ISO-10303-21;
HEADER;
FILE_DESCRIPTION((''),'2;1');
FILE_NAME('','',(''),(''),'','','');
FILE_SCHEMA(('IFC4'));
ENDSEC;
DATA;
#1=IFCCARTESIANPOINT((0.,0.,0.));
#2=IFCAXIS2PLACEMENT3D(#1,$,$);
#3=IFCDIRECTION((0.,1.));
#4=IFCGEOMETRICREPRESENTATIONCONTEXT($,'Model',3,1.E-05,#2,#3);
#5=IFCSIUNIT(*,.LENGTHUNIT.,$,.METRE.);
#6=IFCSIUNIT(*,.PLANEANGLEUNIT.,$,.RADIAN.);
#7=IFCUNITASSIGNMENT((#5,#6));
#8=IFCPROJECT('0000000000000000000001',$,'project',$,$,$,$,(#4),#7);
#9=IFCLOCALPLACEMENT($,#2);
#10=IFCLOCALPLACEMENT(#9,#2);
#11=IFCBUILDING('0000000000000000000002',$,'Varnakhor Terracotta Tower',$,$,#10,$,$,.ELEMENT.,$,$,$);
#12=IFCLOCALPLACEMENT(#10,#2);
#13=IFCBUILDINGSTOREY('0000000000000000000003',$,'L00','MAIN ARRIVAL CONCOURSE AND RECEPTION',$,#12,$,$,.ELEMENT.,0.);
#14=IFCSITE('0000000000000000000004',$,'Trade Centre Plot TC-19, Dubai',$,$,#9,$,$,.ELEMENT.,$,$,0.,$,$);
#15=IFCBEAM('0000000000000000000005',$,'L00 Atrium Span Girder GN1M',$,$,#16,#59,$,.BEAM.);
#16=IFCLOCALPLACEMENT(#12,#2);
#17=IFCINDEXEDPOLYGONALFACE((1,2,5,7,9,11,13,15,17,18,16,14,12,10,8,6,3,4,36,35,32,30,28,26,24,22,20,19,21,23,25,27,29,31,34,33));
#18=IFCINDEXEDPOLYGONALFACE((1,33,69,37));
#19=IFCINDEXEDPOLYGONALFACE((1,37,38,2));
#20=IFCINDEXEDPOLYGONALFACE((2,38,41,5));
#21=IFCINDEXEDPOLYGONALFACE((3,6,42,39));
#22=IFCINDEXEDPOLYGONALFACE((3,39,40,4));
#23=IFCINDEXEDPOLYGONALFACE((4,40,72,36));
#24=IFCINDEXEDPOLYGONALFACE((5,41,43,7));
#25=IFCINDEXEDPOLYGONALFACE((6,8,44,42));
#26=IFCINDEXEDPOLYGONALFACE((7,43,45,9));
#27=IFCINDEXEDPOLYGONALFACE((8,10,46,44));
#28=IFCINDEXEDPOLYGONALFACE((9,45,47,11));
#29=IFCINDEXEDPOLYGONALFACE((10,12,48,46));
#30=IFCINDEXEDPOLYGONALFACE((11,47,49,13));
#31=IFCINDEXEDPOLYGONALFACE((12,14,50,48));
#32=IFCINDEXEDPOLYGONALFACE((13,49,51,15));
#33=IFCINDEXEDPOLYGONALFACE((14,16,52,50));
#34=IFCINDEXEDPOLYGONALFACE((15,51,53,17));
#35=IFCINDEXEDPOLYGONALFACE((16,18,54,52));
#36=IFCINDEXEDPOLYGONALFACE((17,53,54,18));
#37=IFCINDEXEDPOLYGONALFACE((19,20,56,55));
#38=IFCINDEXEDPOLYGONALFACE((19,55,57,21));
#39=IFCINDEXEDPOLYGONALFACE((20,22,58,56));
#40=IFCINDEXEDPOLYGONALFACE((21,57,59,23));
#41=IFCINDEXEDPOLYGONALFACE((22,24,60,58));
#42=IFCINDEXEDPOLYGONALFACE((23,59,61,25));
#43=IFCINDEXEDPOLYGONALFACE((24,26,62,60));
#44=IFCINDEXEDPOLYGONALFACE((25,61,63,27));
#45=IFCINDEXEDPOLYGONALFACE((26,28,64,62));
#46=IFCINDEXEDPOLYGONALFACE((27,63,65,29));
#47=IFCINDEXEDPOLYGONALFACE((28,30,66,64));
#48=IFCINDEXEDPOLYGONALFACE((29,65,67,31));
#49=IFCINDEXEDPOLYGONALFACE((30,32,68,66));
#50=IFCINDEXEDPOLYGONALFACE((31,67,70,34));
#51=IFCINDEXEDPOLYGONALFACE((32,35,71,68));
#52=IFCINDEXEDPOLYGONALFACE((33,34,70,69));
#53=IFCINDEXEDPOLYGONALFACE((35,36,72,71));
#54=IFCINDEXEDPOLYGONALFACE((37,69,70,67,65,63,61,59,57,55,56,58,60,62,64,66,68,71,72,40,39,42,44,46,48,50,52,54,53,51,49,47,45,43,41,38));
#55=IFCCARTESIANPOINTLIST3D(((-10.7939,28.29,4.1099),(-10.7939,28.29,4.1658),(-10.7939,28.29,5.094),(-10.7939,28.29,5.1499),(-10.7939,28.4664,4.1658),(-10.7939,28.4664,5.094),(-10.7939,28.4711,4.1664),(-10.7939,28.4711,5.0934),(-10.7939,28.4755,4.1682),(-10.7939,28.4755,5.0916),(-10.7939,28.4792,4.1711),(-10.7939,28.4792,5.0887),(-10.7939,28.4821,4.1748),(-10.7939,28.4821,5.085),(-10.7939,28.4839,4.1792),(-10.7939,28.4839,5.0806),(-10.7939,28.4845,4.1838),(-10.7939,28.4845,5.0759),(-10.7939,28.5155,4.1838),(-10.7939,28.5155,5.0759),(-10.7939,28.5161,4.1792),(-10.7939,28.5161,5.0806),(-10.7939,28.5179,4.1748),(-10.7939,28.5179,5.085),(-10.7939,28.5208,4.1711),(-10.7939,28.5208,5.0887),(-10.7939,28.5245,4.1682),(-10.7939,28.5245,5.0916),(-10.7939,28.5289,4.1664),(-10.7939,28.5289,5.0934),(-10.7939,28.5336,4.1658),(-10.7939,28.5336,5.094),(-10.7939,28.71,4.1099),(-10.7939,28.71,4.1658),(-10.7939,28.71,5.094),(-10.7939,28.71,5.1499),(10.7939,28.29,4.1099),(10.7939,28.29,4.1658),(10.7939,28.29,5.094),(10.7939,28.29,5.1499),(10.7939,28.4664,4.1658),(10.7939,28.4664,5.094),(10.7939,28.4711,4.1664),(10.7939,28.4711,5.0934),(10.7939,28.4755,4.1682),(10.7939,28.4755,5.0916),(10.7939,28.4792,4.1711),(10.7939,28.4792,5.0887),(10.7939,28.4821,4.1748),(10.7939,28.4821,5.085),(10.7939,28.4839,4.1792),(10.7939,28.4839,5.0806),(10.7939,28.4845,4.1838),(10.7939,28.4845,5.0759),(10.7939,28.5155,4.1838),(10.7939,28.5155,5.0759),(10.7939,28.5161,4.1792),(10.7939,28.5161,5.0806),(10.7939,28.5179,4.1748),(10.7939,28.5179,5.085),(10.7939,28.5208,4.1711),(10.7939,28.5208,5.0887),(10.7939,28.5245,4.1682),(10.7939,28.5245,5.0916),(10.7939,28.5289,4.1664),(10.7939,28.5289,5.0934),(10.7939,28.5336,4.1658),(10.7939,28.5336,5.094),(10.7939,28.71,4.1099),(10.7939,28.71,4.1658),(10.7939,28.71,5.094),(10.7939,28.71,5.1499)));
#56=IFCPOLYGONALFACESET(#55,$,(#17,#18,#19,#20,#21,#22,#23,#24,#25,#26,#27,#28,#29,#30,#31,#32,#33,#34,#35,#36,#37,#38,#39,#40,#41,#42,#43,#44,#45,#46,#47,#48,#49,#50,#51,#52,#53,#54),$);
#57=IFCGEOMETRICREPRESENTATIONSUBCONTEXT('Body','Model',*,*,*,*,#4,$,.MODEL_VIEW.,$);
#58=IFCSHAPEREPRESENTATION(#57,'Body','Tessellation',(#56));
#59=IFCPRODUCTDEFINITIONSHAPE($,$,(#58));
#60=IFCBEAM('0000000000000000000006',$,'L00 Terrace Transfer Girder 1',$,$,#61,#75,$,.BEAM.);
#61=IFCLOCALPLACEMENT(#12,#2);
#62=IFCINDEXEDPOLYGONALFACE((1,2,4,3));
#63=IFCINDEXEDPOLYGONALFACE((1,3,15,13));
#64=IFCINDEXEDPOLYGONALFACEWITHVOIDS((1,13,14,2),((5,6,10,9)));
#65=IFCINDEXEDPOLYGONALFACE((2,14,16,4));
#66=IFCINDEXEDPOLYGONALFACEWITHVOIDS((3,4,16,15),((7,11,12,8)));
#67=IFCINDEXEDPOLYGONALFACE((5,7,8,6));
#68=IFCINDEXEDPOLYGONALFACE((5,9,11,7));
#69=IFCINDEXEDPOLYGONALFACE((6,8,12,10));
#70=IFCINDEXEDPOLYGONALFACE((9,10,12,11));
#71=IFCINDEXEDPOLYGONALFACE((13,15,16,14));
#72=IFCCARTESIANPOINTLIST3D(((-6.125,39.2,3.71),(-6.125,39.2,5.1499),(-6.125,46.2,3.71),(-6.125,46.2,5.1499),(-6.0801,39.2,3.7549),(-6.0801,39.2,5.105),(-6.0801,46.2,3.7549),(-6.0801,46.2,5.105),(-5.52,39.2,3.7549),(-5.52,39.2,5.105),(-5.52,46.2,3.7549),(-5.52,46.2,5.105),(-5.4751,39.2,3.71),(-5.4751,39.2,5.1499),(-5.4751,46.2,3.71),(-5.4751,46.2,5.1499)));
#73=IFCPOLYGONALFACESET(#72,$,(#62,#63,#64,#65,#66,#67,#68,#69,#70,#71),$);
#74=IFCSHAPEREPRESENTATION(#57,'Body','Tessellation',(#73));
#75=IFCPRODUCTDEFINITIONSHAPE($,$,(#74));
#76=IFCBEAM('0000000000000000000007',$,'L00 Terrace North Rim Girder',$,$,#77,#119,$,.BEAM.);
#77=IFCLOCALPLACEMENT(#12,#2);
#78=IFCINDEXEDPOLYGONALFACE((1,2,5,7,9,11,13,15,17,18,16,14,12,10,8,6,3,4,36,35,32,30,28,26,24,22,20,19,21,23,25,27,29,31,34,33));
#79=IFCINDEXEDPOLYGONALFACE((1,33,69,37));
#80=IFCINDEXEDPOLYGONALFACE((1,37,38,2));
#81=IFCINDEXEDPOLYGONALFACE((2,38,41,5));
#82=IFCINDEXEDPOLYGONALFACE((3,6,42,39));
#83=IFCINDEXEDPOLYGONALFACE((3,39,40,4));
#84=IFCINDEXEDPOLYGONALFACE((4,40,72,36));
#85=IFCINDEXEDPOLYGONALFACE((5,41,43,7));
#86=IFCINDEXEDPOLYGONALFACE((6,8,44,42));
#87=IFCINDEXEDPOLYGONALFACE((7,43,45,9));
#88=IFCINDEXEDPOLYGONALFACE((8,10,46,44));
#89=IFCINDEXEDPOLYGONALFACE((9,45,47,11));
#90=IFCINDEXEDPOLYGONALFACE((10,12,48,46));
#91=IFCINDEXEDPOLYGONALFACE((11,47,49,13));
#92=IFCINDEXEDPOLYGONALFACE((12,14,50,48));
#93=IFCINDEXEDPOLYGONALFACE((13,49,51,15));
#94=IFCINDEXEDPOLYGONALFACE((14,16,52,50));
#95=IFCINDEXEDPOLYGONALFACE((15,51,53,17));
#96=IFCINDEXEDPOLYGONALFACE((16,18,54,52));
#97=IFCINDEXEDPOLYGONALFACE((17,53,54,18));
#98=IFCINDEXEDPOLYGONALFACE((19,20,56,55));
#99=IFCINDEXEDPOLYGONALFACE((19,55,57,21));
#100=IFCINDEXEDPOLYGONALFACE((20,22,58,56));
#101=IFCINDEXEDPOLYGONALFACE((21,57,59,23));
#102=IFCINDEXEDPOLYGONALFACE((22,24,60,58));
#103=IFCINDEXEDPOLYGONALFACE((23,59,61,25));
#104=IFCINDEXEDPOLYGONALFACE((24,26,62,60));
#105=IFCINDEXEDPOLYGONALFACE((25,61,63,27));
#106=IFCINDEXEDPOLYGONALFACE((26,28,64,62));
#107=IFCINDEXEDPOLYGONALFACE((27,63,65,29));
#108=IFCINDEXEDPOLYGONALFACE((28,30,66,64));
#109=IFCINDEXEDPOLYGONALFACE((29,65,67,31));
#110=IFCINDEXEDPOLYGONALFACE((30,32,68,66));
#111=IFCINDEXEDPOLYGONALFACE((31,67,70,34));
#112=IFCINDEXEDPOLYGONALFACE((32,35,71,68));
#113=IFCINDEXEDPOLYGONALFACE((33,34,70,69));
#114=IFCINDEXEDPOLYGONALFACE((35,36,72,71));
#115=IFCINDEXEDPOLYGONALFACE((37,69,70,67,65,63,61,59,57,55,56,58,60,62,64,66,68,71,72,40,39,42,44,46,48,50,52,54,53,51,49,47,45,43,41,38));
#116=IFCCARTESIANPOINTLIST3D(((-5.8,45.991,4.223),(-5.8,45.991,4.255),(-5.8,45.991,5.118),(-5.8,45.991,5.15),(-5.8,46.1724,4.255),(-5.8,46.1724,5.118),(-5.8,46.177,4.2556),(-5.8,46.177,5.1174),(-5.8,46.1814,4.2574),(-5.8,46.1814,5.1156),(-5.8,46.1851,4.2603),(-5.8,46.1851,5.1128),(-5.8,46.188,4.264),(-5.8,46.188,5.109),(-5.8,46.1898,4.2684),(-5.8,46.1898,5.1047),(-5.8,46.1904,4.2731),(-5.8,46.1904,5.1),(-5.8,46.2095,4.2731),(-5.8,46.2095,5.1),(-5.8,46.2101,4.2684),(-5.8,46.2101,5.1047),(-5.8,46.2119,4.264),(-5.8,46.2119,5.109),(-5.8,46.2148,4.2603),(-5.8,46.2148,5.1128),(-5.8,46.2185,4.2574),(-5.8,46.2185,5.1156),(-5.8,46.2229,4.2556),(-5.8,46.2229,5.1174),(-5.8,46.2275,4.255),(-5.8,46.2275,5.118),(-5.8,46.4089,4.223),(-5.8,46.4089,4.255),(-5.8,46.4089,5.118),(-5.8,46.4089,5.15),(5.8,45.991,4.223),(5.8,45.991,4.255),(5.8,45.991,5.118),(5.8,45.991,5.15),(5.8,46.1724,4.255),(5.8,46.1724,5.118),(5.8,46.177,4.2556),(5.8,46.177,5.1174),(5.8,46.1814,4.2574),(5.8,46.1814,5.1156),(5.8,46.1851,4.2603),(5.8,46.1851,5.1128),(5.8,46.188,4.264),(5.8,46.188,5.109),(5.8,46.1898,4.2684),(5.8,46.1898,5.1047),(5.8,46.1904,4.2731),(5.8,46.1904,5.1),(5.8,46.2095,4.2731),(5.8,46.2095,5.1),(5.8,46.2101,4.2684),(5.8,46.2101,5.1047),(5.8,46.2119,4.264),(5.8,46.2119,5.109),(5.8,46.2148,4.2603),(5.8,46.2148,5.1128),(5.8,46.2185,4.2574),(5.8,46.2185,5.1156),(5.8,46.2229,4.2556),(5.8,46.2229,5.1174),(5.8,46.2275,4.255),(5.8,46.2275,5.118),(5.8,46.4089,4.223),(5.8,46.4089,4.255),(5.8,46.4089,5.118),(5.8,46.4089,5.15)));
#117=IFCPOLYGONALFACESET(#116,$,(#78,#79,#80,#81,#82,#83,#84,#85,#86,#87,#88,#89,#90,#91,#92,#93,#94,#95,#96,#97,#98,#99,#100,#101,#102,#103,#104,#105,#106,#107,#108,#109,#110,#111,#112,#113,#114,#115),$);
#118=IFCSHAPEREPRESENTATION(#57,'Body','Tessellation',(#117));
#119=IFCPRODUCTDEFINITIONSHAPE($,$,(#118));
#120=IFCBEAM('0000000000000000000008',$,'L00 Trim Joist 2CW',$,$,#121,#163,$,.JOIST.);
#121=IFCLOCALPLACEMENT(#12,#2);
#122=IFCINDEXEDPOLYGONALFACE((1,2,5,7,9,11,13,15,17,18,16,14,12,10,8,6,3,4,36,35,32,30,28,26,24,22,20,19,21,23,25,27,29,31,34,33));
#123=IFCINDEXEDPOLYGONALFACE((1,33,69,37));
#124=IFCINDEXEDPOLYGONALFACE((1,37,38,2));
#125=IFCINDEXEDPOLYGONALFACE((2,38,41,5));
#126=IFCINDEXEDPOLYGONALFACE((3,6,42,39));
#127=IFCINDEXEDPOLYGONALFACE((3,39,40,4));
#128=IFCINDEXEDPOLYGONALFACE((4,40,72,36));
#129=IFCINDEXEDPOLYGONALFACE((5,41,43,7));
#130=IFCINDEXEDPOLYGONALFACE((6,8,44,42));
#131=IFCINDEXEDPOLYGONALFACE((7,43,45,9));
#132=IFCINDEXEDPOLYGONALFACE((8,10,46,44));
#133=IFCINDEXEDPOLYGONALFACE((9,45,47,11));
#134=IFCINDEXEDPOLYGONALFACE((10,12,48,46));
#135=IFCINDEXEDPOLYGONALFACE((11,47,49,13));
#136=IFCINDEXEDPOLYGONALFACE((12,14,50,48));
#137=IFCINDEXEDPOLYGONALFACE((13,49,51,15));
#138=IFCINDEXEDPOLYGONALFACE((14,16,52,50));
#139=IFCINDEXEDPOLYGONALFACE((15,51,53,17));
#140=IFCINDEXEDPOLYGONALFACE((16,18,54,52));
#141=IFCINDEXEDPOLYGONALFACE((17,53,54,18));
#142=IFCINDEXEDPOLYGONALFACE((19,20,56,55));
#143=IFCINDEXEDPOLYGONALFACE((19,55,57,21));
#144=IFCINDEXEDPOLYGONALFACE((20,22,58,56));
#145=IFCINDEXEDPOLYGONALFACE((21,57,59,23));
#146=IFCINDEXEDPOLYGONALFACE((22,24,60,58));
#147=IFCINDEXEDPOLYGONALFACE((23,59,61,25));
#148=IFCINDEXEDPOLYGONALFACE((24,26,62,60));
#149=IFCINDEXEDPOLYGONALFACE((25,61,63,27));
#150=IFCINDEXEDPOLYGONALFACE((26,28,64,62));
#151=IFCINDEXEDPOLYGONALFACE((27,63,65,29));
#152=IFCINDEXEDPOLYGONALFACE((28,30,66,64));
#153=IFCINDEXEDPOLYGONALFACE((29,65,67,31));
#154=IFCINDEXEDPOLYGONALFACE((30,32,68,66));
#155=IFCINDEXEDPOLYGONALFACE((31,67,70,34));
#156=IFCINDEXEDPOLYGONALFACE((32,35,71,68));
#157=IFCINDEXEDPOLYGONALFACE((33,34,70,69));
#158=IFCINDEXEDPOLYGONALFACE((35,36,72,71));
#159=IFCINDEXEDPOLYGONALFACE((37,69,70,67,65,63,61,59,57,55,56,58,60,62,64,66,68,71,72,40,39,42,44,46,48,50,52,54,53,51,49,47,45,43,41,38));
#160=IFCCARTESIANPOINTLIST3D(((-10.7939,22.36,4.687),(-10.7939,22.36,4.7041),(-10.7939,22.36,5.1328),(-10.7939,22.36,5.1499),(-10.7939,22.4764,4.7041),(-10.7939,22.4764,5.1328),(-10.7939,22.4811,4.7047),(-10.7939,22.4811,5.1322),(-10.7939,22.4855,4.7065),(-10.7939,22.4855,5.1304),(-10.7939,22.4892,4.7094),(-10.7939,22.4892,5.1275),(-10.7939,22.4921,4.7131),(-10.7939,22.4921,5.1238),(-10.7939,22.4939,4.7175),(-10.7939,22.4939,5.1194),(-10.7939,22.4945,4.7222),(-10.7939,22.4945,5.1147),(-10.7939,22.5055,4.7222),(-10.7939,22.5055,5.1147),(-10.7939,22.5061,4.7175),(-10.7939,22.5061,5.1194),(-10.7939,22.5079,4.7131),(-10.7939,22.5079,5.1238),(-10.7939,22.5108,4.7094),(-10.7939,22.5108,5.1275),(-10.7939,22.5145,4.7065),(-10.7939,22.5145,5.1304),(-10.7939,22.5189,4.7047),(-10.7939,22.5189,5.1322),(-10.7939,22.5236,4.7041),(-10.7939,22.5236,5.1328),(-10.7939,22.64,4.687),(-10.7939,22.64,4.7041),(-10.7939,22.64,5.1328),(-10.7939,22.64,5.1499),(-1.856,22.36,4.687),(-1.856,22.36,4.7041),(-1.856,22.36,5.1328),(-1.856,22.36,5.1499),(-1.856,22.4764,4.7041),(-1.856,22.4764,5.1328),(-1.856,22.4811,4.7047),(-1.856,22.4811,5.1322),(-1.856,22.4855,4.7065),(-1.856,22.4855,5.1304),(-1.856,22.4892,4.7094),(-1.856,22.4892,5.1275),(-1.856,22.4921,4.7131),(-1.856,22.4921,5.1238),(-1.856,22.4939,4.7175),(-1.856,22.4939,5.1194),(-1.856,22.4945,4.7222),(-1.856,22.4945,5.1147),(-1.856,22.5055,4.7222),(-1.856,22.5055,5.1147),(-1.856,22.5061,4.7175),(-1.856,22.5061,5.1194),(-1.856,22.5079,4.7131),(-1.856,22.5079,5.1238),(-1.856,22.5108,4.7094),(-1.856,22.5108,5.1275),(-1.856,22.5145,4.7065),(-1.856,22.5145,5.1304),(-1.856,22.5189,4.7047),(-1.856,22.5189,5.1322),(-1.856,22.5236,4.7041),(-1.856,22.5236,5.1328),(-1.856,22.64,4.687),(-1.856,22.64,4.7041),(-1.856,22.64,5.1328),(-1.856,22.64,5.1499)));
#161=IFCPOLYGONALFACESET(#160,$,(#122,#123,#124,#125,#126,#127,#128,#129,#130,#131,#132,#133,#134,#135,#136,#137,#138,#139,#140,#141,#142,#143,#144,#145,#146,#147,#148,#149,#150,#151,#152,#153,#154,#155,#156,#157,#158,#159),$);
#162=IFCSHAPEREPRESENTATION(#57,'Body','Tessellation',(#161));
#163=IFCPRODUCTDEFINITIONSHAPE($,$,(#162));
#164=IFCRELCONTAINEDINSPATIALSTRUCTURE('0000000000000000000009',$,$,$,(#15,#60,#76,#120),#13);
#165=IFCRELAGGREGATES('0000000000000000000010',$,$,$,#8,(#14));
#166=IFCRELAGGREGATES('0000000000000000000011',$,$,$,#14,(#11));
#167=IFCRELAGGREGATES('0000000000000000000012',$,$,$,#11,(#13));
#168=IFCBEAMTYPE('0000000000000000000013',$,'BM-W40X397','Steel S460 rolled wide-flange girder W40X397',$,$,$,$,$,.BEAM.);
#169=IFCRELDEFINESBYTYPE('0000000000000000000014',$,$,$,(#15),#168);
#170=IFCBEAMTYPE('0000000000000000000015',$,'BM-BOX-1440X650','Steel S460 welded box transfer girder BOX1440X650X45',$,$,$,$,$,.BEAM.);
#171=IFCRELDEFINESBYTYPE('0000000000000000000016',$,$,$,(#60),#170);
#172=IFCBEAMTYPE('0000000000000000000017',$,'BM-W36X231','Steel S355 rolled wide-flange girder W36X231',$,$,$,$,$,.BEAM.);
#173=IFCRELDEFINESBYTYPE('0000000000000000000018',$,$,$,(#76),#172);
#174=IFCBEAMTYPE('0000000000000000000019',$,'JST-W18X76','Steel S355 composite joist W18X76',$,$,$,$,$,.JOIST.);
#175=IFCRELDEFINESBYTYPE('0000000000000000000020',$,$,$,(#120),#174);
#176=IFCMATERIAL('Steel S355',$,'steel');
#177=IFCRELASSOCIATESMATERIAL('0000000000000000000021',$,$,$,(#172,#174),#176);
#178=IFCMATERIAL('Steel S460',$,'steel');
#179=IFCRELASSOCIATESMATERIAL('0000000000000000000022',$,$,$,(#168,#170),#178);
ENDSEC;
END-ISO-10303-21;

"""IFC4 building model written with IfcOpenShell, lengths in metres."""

from ifc_helpers import new_model, si_unit, direction, frame, origin, origin_2d, place, context, subcontext, project, spatial, hollow_rectangle, i_section, extrude, source, transform, mapped, material, material_profile, profile_set, type_object, type_shapes, element, save


model = new_model("IFC4")

# Units and contexts
model_context = context("Model", 3, precision=1e-05, world=origin(), true_north=direction((0.0, 1.0)))
body_context = subcontext(model_context, "Body", "Model", "MODEL_VIEW")
ifc_project = project(units=[si_unit("LENGTHUNIT", "METRE"), si_unit("PLANEANGLEUNIT", "RADIAN")], contexts=[model_context])

# Site, building, storey
site_placement = place(None, origin())
site = spatial("IfcSite", under=ifc_project, at=site_placement, Name="Trade Centre Plot TC-19, Dubai", CompositionType="ELEMENT", RefElevation=0.0)
building_placement = place(site_placement, origin())
building = spatial("IfcBuilding", under=site, at=building_placement, Name="Varnakhor Terracotta Tower", CompositionType="ELEMENT")
storey_placement = place(building_placement, origin())
storey = spatial("IfcBuildingStorey", under=building, at=storey_placement, Name="L00", Description="MAIN ARRIVAL CONCOURSE AND RECEPTION", CompositionType="ELEMENT", Elevation=0.0)

# Shared definitions
ifc_material_1 = material(Name="Steel S355", Category="steel")

# Beams
ifc_material_profile_1 = material_profile(ifc_material_1, i_section(OverallWidth=0.418, OverallDepth=0.927, WebThickness=0.019, FlangeThickness=0.032, FilletRadius=0.0181, at=origin_2d()), Name="W36X231")
ifc_profile_set_1 = profile_set([ifc_material_profile_1], Name="Steel S355")
beam_type_1 = type_object("IfcBeamType", Name="BM-W36X231", Description="Steel S355 rolled wide-flange girder W36X231", PredefinedType="BEAM", material=ifc_profile_set_1)
ifc_material_2 = material(Name="Steel S460", Category="steel")
ifc_material_profile_2 = material_profile(ifc_material_2, i_section(OverallWidth=0.4199, OverallDepth=1.04, WebThickness=0.031, FlangeThickness=0.0559, FilletRadius=0.0181, at=origin_2d()), Name="W40X397")
ifc_profile_set_2 = profile_set([ifc_material_profile_2], Name="Steel S460")
beam_type_2 = type_object("IfcBeamType", Name="BM-W40X397", Description="Steel S460 rolled wide-flange girder W40X397", PredefinedType="BEAM", material=ifc_profile_set_2)
ifc_material_profile_3 = material_profile(ifc_material_1, i_section(OverallWidth=0.28, OverallDepth=0.4629, WebThickness=0.011, FlangeThickness=0.0171, FilletRadius=0.0181, at=origin_2d()), Name="W18X76")
ifc_profile_set_3 = profile_set([ifc_material_profile_3], Name="Steel S355")
beam_type_3 = type_object("IfcBeamType", Name="JST-W18X76", Description="Steel S355 composite joist W18X76", PredefinedType="JOIST", material=ifc_profile_set_3)
shared_shape_1 = source(origin(), body_context, "Body", "SweptSolid", [
    extrude(i_section(OverallWidth=0.4199, OverallDepth=1.04, WebThickness=0.031, FlangeThickness=0.0559, FilletRadius=0.0181, at=origin_2d()), origin(), (0.0, 0.0, 1.0), 21.5879),
])
beam_1_placement = place(storey_placement, frame((-10.7939, 28.5, 4.6299), z_axis=(1.0, 0.0, 0.0), x_axis=(0.0, 1.0, 0.0)))
element("IfcBeam", 1, at=beam_1_placement, inside=storey, type_object=beam_type_2, Name="L00 Atrium Span Girder GN1M", PredefinedType="BEAM", context=body_context, shape_type="MappedRepresentation", body=[
    mapped(shared_shape_1, transform((0.0, 0.0, 0.0), scale=1.0)),
])
ifc_material_profile_4 = material_profile(ifc_material_2, hollow_rectangle(XDim=0.6499, YDim=1.4399, WallThickness=0.0449, at=origin_2d()), Name="BOX1440X650X45")
ifc_profile_set_4 = profile_set([ifc_material_profile_4], Name="Steel S460")
beam_type_4 = type_object("IfcBeamType", Name="BM-BOX-1440X650", Description="Steel S460 welded box transfer girder BOX1440X650X45", PredefinedType="BEAM", material=ifc_profile_set_4)
shared_shape_2 = source(origin(), body_context, "Body", "SweptSolid", [
    extrude(hollow_rectangle(XDim=0.6499, YDim=1.4399, WallThickness=0.0449, at=origin_2d()), origin(), (0.0, 0.0, 1.0), 7.0),
])
type_shapes(beam_type_4, [shared_shape_2])
beam_2_placement = place(storey_placement, frame((-5.8, 39.2, 4.4299), z_axis=(0.0, 1.0, 0.0), x_axis=(-1.0, 0.0, 0.0)))
element("IfcBeam", 2, at=beam_2_placement, inside=storey, type_object=beam_type_4, Name="L00 Terrace Transfer Girder 1", PredefinedType="BEAM", context=body_context, shape_type="MappedRepresentation", body=[
    mapped(shared_shape_2, transform((0.0, 0.0, 0.0), scale=1.0)),
])
shared_shape_3 = source(origin(), body_context, "Body", "SweptSolid", [
    extrude(i_section(OverallWidth=0.418, OverallDepth=0.927, WebThickness=0.019, FlangeThickness=0.032, FilletRadius=0.0181, at=origin_2d()), origin(), (0.0, 0.0, 1.0), 11.6001),
])
beam_3_placement = place(storey_placement, frame((-5.8, 46.2, 4.6865), z_axis=(1.0, 0.0, 0.0), x_axis=(0.0, 1.0, 0.0)))
element("IfcBeam", 3, at=beam_3_placement, inside=storey, type_object=beam_type_1, Name="L00 Terrace North Rim Girder", PredefinedType="BEAM", context=body_context, shape_type="MappedRepresentation", body=[
    mapped(shared_shape_3, transform((0.0, 0.0, 0.0), scale=1.0)),
])
shared_shape_4 = source(origin(), body_context, "Body", "SweptSolid", [
    extrude(i_section(OverallWidth=0.28, OverallDepth=0.4629, WebThickness=0.011, FlangeThickness=0.0171, FilletRadius=0.0181, at=origin_2d()), origin(), (0.0, 0.0, 1.0), 8.938),
])
for number, where, z_axis, x_axis, name in (
    (4, (-10.7939, 22.5, 4.9185), (1.0, 0.0, 0.0), (0.0, 1.0, 0.0), "L00 Trim Joist 2CW"),
):
    element("IfcBeam", number, at=place(storey_placement, frame(where, z_axis=z_axis, x_axis=x_axis)), inside=storey, type_object=beam_type_3, Name=name, PredefinedType="JOIST", context=body_context, shape_type="MappedRepresentation", body=[
        mapped(shared_shape_4, transform((0.0, 0.0, 0.0), scale=1.0)),
    ])

save(model, "model.ifc")
